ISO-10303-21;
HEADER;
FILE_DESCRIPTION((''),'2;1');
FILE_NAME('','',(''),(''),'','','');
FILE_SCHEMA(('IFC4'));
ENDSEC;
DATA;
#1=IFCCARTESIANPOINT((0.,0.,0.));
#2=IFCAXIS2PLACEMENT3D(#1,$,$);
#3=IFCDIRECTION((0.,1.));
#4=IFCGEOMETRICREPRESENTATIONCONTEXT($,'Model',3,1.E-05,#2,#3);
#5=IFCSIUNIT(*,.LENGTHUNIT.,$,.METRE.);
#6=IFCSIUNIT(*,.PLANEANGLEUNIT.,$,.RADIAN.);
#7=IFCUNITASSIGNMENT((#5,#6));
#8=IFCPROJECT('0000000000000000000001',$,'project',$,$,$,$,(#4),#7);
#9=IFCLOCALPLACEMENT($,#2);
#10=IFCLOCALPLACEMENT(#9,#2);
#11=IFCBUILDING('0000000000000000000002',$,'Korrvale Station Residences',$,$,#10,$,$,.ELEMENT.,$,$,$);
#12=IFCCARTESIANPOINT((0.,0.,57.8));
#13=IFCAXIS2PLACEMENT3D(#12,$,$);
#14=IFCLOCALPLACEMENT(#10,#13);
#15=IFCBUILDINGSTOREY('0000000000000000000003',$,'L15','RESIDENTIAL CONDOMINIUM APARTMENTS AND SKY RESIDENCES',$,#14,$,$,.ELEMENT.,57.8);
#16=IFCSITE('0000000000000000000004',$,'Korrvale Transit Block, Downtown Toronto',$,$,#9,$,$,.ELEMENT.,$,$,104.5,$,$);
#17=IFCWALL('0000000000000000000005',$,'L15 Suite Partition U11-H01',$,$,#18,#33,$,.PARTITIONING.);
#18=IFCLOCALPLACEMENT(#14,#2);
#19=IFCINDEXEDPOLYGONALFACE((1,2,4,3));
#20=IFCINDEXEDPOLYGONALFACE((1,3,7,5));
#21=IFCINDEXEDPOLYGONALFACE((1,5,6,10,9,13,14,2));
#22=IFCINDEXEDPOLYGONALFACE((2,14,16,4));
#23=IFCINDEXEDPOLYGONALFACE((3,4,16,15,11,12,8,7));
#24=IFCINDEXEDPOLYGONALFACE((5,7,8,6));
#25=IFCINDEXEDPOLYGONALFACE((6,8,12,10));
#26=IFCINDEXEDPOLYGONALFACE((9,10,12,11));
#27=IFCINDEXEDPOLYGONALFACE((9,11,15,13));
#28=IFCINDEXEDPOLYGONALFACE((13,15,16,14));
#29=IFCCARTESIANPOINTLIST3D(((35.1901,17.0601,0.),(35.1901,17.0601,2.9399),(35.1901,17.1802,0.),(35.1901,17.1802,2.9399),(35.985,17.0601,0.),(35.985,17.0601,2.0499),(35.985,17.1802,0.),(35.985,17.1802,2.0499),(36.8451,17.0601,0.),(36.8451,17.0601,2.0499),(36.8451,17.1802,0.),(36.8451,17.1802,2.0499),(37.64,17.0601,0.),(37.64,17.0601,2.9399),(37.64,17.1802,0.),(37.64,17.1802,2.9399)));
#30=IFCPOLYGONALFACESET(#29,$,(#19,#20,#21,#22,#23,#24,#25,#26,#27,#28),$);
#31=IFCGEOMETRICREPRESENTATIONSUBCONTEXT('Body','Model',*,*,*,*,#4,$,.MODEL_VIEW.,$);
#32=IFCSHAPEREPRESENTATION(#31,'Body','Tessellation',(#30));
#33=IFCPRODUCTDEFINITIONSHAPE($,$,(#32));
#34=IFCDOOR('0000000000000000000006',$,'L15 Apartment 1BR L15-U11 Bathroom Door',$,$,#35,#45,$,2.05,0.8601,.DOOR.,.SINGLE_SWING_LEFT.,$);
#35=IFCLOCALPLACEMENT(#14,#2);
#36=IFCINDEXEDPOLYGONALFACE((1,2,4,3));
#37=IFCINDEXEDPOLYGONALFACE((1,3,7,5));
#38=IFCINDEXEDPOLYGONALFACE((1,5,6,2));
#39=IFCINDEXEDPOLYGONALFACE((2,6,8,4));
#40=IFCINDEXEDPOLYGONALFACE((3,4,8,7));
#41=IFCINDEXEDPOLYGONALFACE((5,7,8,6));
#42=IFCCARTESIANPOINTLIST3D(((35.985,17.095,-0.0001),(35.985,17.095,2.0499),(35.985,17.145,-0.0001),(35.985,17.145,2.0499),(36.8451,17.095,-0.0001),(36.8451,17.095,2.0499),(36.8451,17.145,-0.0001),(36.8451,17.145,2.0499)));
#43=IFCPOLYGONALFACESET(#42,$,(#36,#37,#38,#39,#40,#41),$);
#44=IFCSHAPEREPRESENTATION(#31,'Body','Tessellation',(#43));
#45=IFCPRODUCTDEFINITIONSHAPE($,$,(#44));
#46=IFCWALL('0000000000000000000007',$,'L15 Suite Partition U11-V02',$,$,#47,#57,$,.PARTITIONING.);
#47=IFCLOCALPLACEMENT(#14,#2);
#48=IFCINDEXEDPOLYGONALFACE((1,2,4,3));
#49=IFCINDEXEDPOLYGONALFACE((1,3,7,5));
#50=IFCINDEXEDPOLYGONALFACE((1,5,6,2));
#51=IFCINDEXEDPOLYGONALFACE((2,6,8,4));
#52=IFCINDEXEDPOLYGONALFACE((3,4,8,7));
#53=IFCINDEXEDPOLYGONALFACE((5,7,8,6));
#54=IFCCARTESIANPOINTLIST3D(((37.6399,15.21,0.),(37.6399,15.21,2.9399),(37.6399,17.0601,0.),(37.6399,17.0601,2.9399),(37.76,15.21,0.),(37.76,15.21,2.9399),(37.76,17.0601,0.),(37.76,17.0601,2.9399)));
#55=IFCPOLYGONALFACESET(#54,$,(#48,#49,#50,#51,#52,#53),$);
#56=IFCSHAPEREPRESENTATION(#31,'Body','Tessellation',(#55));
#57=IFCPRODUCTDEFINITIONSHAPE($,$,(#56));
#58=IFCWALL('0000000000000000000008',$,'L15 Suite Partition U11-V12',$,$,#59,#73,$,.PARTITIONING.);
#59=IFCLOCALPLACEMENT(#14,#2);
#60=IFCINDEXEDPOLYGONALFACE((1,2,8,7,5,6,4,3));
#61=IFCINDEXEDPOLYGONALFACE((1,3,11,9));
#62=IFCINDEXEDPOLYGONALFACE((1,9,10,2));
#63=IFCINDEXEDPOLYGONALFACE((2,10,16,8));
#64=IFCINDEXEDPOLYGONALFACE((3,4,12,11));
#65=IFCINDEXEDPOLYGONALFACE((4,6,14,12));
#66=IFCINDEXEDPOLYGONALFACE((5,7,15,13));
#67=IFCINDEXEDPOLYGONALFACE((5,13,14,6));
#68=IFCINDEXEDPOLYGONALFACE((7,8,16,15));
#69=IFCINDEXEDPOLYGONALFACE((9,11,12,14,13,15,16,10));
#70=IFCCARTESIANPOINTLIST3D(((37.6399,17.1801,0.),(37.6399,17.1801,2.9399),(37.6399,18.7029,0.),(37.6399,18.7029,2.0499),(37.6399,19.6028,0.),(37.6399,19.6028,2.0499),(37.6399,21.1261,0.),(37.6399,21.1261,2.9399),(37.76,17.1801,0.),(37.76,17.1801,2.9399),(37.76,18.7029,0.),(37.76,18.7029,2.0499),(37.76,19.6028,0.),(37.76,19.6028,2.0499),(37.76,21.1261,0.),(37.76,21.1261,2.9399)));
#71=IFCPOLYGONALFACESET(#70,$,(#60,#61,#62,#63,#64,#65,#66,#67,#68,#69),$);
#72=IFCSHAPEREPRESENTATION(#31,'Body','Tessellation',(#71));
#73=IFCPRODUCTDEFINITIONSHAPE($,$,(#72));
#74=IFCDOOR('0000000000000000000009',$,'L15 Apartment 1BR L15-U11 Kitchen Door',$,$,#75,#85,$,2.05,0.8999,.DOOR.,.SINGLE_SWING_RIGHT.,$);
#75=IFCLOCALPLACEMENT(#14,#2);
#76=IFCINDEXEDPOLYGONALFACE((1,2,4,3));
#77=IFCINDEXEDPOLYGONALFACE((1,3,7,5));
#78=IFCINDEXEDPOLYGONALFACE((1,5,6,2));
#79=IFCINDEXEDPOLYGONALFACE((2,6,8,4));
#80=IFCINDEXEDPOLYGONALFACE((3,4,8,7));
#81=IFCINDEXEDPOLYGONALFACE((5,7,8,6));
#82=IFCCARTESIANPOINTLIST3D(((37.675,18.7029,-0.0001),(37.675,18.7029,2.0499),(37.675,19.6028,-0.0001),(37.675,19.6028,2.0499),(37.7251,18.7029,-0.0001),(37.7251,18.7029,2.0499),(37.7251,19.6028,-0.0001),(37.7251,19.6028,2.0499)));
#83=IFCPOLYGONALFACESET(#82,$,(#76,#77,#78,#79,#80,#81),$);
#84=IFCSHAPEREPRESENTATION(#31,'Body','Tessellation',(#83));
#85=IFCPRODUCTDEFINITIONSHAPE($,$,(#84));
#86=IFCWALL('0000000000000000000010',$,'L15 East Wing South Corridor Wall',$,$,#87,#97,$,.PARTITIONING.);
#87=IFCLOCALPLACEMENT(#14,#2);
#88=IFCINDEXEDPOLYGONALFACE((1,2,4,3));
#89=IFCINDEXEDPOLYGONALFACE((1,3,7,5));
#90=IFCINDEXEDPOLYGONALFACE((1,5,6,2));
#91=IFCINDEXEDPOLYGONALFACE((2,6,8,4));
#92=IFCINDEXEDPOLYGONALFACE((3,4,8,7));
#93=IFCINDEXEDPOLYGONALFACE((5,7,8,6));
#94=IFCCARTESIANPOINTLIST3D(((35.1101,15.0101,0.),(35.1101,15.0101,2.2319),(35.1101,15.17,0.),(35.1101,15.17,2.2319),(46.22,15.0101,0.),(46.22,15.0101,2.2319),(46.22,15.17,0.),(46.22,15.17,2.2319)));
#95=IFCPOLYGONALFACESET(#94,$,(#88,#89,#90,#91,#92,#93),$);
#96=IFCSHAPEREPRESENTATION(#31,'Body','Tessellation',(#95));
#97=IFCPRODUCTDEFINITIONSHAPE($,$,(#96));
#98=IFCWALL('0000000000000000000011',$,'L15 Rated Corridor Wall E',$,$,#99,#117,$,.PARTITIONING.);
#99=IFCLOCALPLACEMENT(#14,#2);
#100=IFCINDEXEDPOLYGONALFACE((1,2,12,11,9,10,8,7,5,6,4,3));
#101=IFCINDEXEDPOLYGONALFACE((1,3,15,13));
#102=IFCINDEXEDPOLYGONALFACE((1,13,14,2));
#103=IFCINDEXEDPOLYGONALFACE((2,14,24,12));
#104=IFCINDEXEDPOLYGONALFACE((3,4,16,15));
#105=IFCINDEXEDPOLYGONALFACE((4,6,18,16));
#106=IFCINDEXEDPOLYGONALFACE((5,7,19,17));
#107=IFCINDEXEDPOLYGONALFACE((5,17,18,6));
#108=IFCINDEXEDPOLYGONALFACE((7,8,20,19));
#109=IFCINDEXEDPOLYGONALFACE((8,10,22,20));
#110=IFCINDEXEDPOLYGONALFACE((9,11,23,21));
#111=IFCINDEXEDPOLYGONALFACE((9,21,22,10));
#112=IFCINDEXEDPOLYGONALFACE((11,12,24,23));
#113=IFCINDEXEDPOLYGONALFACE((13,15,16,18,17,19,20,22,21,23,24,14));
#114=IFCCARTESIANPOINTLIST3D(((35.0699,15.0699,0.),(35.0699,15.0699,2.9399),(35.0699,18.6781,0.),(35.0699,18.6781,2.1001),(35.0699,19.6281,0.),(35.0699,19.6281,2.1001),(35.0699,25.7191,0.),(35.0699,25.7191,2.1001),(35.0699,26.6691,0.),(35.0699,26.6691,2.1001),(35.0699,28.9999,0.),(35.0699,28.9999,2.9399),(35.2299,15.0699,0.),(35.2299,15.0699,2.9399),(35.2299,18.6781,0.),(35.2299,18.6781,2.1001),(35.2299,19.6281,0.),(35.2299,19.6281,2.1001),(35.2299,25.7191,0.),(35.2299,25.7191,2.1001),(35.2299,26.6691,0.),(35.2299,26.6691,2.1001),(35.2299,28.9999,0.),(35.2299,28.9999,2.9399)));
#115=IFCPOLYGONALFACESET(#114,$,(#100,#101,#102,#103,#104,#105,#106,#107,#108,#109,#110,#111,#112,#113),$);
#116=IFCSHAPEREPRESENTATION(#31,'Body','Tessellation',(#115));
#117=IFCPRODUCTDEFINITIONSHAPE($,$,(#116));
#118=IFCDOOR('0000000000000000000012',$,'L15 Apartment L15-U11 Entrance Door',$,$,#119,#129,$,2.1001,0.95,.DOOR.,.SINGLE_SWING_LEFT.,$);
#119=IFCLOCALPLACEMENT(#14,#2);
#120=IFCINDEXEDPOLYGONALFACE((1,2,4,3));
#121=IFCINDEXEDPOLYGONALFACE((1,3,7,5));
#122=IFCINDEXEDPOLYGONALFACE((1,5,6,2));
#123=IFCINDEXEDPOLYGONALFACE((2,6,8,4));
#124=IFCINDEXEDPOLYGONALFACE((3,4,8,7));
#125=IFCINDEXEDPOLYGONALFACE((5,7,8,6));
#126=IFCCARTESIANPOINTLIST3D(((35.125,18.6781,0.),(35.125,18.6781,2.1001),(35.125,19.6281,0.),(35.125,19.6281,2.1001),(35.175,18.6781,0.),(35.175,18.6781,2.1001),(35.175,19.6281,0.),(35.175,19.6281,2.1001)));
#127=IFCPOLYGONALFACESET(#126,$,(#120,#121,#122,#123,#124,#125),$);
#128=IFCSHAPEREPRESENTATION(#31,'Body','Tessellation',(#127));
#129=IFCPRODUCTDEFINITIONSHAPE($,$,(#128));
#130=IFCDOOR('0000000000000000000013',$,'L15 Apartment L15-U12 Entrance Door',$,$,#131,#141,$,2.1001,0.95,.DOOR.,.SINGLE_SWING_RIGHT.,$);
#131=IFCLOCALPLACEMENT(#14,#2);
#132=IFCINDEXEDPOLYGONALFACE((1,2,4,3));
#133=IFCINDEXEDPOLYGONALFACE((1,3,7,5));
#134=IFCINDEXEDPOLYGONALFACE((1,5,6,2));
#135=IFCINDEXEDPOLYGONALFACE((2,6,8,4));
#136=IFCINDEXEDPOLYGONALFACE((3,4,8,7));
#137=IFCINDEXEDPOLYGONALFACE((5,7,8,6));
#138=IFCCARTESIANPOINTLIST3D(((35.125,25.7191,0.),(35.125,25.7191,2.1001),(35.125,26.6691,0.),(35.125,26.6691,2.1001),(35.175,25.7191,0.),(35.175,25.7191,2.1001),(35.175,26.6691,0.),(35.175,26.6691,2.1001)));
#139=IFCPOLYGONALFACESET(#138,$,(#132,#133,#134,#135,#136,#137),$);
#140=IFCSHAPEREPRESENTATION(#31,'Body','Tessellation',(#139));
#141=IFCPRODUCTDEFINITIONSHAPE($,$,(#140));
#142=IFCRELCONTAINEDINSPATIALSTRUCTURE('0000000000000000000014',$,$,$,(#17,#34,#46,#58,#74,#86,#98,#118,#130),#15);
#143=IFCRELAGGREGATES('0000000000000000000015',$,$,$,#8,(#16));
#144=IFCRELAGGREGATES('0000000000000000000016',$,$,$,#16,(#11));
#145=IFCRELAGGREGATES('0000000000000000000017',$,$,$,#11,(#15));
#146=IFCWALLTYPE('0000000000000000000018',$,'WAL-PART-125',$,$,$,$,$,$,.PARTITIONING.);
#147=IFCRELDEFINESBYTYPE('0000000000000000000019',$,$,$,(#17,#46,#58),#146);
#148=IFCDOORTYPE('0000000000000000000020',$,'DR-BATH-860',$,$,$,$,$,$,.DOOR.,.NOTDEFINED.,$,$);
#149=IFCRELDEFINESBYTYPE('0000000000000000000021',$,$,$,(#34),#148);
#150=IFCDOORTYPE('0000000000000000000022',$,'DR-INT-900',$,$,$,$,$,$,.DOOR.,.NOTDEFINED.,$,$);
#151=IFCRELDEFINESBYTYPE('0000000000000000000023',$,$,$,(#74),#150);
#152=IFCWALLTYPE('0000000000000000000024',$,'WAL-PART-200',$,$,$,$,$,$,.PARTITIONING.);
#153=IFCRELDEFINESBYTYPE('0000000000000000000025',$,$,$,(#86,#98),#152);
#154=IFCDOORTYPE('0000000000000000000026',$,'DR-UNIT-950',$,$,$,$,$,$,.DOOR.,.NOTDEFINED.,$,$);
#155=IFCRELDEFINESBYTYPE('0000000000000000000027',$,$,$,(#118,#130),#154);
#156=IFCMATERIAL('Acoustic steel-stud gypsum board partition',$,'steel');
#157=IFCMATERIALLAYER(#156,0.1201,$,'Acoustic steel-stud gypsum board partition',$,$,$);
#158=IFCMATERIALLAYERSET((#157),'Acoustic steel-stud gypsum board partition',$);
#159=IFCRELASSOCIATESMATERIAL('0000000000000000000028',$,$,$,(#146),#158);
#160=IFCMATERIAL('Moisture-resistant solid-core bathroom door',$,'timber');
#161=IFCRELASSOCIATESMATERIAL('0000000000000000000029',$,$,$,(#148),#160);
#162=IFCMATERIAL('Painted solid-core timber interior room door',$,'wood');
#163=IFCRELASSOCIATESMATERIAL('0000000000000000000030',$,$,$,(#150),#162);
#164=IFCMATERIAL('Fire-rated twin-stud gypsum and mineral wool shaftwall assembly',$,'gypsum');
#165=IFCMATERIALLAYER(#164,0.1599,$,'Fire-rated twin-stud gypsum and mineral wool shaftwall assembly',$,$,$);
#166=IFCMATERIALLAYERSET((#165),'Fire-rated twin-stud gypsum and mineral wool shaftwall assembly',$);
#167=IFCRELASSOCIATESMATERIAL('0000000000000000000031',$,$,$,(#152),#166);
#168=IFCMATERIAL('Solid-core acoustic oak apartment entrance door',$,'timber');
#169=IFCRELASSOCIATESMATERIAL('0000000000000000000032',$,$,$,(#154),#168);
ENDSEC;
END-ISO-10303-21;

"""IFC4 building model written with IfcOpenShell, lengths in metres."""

from ifc_helpers import new_model, si_unit, direction, frame, frame_2d, origin, place, context, subcontext, project, spatial, rectangle, extrude, material, layer, layer_set, type_object, element, fill, save


model = new_model("IFC4")

# Units and contexts
model_context = context("Model", 3, precision=1e-05, world=origin(), true_north=direction((0.0, 1.0)))
body_context = subcontext(model_context, "Body", "Model", "MODEL_VIEW")
ifc_project = project(units=[si_unit("LENGTHUNIT", "METRE"), si_unit("PLANEANGLEUNIT", "RADIAN")], contexts=[model_context])

# Site, building, storey
site_placement = place(None, origin())
site = spatial("IfcSite", under=ifc_project, at=site_placement, Name="Korrvale Transit Block, Downtown Toronto", CompositionType="ELEMENT", RefElevation=104.5)
building_placement = place(site_placement, origin())
building = spatial("IfcBuilding", under=site, at=building_placement, Name="Korrvale Station Residences", CompositionType="ELEMENT")
storey_placement = place(building_placement, frame((0.0, 0.0, 57.8)))
storey = spatial("IfcBuildingStorey", under=building, at=storey_placement, Name="L15", Description="RESIDENTIAL CONDOMINIUM APARTMENTS AND SKY RESIDENCES", CompositionType="ELEMENT", Elevation=57.8)

# Shared definitions
ifc_material_1 = material(Name="Acoustic steel-stud gypsum board partition", Category="steel")
ifc_layer_1 = layer(ifc_material_1, 0.1201, Name="Acoustic steel-stud gypsum board partition")
ifc_layer_set_1 = layer_set([ifc_layer_1], Name="Acoustic steel-stud gypsum board partition")
wall_type_1 = type_object("IfcWallType", Name="WAL-PART-125", PredefinedType="PARTITIONING", material=ifc_layer_set_1)
ifc_material_2 = material(Name="Moisture-resistant solid-core bathroom door", Category="timber")
door_type_1 = type_object("IfcDoorType", Name="DR-BATH-860", OperationType="NOTDEFINED", PredefinedType="DOOR", material=ifc_material_2)
ifc_material_3 = material(Name="Painted solid-core timber interior room door", Category="wood")
door_type_2 = type_object("IfcDoorType", Name="DR-INT-900", OperationType="NOTDEFINED", PredefinedType="DOOR", material=ifc_material_3)

# Wall, opening, door
wall_1_placement = place(storey_placement, frame((35.1899, 17.1201, 0.0), z_axis=(0.0, 0.0, 1.0), x_axis=(1.0, 0.0, 0.0)))
wall_1 = element("IfcWall", 1, at=wall_1_placement, inside=storey, type_object=wall_type_1, Name="L15 Suite Partition U11-H01", PredefinedType="PARTITIONING", context=body_context, shape_type="SweptSolid", body=[
    extrude(rectangle(XDim=2.45, YDim=0.1201, at=frame_2d((1.2251, 0.0))), origin(), (0.0, 0.0, 1.0), 2.9399),
])
opening_1_placement = place(wall_1_placement, frame((0.7949, 0.0, 0.0)))
opening_1 = element("IfcOpeningElement", 2, at=opening_1_placement, cuts=wall_1, PredefinedType="OPENING", context=body_context, shape_type="SweptSolid", body=[
    extrude(rectangle(XDim=0.8601, YDim=2.05, at=frame_2d((0.4302, 1.0249))), frame((0.0, 0.0701, 0.0), z_axis=(0.0, -1.0, 0.0), x_axis=(1.0, 0.0, 0.0)), (0.0, 0.0, 1.0), 0.1401),
])
door_1_placement = place(opening_1_placement, origin())
door_1 = element("IfcDoor", 3, at=door_1_placement, inside=storey, type_object=door_type_1, Name="L15 Apartment 1BR L15-U11 Bathroom Door", OperationType="SINGLE_SWING_LEFT", OverallHeight=2.05, OverallWidth=0.8601, PredefinedType="DOOR", context=body_context, shape_type="SweptSolid", body=[
    extrude(rectangle(XDim=0.8601, YDim=2.05, at=frame_2d((0.4302, 1.0249))), frame((0.0, 0.0249, 0.0), z_axis=(0.0, -1.0, 0.0), x_axis=(1.0, 0.0, 0.0)), (0.0, 0.0, 1.0), 0.05),
])
fill(opening_1, door_1)

# Wall
wall_2_placement = place(storey_placement, frame((37.7, 15.21, 0.0), z_axis=(0.0, 0.0, 1.0), x_axis=(0.0, 1.0, 0.0)))
element("IfcWall", 4, at=wall_2_placement, inside=storey, type_object=wall_type_1, Name="L15 Suite Partition U11-V02", PredefinedType="PARTITIONING", context=body_context, shape_type="SweptSolid", body=[
    extrude(rectangle(XDim=1.8501, YDim=0.1201, at=frame_2d((0.925, 0.0))), origin(), (0.0, 0.0, 1.0), 2.9399),
])

# Wall, opening, door
wall_3_placement = place(storey_placement, frame((37.7, 17.1799, 0.0), z_axis=(0.0, 0.0, 1.0), x_axis=(0.0, 1.0, 0.0)))
wall_3 = element("IfcWall", 5, at=wall_3_placement, inside=storey, type_object=wall_type_1, Name="L15 Suite Partition U11-V12", PredefinedType="PARTITIONING", context=body_context, shape_type="SweptSolid", body=[
    extrude(rectangle(XDim=3.946, YDim=0.1201, at=frame_2d((1.9731, 0.0))), origin(), (0.0, 0.0, 1.0), 2.9399),
])
opening_2_placement = place(wall_3_placement, frame((1.5229, 0.0, 0.0)))
opening_2 = element("IfcOpeningElement", 6, at=opening_2_placement, cuts=wall_3, PredefinedType="OPENING", context=body_context, shape_type="SweptSolid", body=[
    extrude(rectangle(XDim=0.8999, YDim=2.05, at=frame_2d((0.45, 1.0249))), frame((0.0, 0.0701, 0.0), z_axis=(0.0, -1.0, 0.0), x_axis=(1.0, 0.0, 0.0)), (0.0, 0.0, 1.0), 0.1401),
])
door_2_placement = place(opening_2_placement, origin())
door_2 = element("IfcDoor", 7, at=door_2_placement, inside=storey, type_object=door_type_2, Name="L15 Apartment 1BR L15-U11 Kitchen Door", OperationType="SINGLE_SWING_RIGHT", OverallHeight=2.05, OverallWidth=0.8999, PredefinedType="DOOR", context=body_context, shape_type="SweptSolid", body=[
    extrude(rectangle(XDim=0.8999, YDim=2.05, at=frame_2d((0.45, 1.0249))), frame((0.0, 0.0249, 0.0), z_axis=(0.0, -1.0, 0.0), x_axis=(1.0, 0.0, 0.0)), (0.0, 0.0, 1.0), 0.05),
])
fill(opening_2, door_2)

# Wall
ifc_material_4 = material(Name="Fire-rated twin-stud gypsum and mineral wool shaftwall assembly", Category="gypsum")
ifc_layer_2 = layer(ifc_material_4, 0.1599, Name="Fire-rated twin-stud gypsum and mineral wool shaftwall assembly")
ifc_layer_set_2 = layer_set([ifc_layer_2], Name="Fire-rated twin-stud gypsum and mineral wool shaftwall assembly")
wall_type_2 = type_object("IfcWallType", Name="WAL-PART-200", PredefinedType="PARTITIONING", material=ifc_layer_set_2)
wall_4_placement = place(storey_placement, frame((35.1101, 15.0901, 0.0), z_axis=(0.0, 0.0, 1.0), x_axis=(1.0, 0.0, 0.0)))
element("IfcWall", 8, at=wall_4_placement, inside=storey, type_object=wall_type_2, Name="L15 East Wing South Corridor Wall", PredefinedType="PARTITIONING", context=body_context, shape_type="SweptSolid", body=[
    extrude(rectangle(XDim=11.1099, YDim=0.1599, at=frame_2d((5.5549, 0.0))), origin(), (0.0, 0.0, 1.0), 2.2319),
])

# Wall, openings, doors
wall_5_placement = place(storey_placement, frame((35.1499, 15.0701, 0.0), z_axis=(0.0, 0.0, 1.0), x_axis=(0.0, 1.0, 0.0)))
wall_5 = element("IfcWall", 9, at=wall_5_placement, inside=storey, type_object=wall_type_2, Name="L15 Rated Corridor Wall E", PredefinedType="PARTITIONING", context=body_context, shape_type="SweptSolid", body=[
    extrude(rectangle(XDim=13.9299, YDim=0.1599, at=frame_2d((6.9648, 0.0))), origin(), (0.0, 0.0, 1.0), 2.9399),
])
opening_3_placement = place(wall_5_placement, frame((3.6079, 0.0, 0.0)))
opening_3 = element("IfcOpeningElement", 10, at=opening_3_placement, cuts=wall_5, PredefinedType="OPENING", context=body_context, shape_type="SweptSolid", body=[
    extrude(rectangle(XDim=0.95, YDim=2.1001, at=frame_2d((0.4751, 1.05))), frame((0.0, 0.0898, 0.0), z_axis=(0.0, -1.0, 0.0), x_axis=(1.0, 0.0, 0.0)), (0.0, 0.0, 1.0), 0.1799),
])
opening_4_placement = place(wall_5_placement, frame((10.6489, 0.0, 0.0)))
opening_4 = element("IfcOpeningElement", 11, at=opening_4_placement, cuts=wall_5, PredefinedType="OPENING", context=body_context, shape_type="SweptSolid", body=[
    extrude(rectangle(XDim=0.95, YDim=2.1001, at=frame_2d((0.4751, 1.05))), frame((0.0, 0.0898, 0.0), z_axis=(0.0, -1.0, 0.0), x_axis=(1.0, 0.0, 0.0)), (0.0, 0.0, 1.0), 0.1799),
])
ifc_material_5 = material(Name="Solid-core acoustic oak apartment entrance door", Category="timber")
door_type_3 = type_object("IfcDoorType", Name="DR-UNIT-950", OperationType="NOTDEFINED", PredefinedType="DOOR", material=ifc_material_5)
door_3_placement = place(opening_3_placement, origin())
door_3 = element("IfcDoor", 12, at=door_3_placement, inside=storey, type_object=door_type_3, Name="L15 Apartment L15-U11 Entrance Door", OperationType="SINGLE_SWING_LEFT", OverallHeight=2.1001, OverallWidth=0.95, PredefinedType="DOOR", context=body_context, shape_type="SweptSolid", body=[
    extrude(rectangle(XDim=0.95, YDim=2.1001, at=frame_2d((0.4751, 1.05))), frame((0.0, 0.0249, 0.0), z_axis=(0.0, -1.0, 0.0), x_axis=(1.0, 0.0, 0.0)), (0.0, 0.0, 1.0), 0.05),
])
fill(opening_3, door_3)
door_4_placement = place(opening_4_placement, origin())
door_4 = element("IfcDoor", 13, at=door_4_placement, inside=storey, type_object=door_type_3, Name="L15 Apartment L15-U12 Entrance Door", OperationType="SINGLE_SWING_RIGHT", OverallHeight=2.1001, OverallWidth=0.95, PredefinedType="DOOR", context=body_context, shape_type="SweptSolid", body=[
    extrude(rectangle(XDim=0.95, YDim=2.1001, at=frame_2d((0.4751, 1.05))), frame((0.0, 0.0249, 0.0), z_axis=(0.0, -1.0, 0.0), x_axis=(1.0, 0.0, 0.0)), (0.0, 0.0, 1.0), 0.05),
])
fill(opening_4, door_4)

save(model, "model.ifc")
